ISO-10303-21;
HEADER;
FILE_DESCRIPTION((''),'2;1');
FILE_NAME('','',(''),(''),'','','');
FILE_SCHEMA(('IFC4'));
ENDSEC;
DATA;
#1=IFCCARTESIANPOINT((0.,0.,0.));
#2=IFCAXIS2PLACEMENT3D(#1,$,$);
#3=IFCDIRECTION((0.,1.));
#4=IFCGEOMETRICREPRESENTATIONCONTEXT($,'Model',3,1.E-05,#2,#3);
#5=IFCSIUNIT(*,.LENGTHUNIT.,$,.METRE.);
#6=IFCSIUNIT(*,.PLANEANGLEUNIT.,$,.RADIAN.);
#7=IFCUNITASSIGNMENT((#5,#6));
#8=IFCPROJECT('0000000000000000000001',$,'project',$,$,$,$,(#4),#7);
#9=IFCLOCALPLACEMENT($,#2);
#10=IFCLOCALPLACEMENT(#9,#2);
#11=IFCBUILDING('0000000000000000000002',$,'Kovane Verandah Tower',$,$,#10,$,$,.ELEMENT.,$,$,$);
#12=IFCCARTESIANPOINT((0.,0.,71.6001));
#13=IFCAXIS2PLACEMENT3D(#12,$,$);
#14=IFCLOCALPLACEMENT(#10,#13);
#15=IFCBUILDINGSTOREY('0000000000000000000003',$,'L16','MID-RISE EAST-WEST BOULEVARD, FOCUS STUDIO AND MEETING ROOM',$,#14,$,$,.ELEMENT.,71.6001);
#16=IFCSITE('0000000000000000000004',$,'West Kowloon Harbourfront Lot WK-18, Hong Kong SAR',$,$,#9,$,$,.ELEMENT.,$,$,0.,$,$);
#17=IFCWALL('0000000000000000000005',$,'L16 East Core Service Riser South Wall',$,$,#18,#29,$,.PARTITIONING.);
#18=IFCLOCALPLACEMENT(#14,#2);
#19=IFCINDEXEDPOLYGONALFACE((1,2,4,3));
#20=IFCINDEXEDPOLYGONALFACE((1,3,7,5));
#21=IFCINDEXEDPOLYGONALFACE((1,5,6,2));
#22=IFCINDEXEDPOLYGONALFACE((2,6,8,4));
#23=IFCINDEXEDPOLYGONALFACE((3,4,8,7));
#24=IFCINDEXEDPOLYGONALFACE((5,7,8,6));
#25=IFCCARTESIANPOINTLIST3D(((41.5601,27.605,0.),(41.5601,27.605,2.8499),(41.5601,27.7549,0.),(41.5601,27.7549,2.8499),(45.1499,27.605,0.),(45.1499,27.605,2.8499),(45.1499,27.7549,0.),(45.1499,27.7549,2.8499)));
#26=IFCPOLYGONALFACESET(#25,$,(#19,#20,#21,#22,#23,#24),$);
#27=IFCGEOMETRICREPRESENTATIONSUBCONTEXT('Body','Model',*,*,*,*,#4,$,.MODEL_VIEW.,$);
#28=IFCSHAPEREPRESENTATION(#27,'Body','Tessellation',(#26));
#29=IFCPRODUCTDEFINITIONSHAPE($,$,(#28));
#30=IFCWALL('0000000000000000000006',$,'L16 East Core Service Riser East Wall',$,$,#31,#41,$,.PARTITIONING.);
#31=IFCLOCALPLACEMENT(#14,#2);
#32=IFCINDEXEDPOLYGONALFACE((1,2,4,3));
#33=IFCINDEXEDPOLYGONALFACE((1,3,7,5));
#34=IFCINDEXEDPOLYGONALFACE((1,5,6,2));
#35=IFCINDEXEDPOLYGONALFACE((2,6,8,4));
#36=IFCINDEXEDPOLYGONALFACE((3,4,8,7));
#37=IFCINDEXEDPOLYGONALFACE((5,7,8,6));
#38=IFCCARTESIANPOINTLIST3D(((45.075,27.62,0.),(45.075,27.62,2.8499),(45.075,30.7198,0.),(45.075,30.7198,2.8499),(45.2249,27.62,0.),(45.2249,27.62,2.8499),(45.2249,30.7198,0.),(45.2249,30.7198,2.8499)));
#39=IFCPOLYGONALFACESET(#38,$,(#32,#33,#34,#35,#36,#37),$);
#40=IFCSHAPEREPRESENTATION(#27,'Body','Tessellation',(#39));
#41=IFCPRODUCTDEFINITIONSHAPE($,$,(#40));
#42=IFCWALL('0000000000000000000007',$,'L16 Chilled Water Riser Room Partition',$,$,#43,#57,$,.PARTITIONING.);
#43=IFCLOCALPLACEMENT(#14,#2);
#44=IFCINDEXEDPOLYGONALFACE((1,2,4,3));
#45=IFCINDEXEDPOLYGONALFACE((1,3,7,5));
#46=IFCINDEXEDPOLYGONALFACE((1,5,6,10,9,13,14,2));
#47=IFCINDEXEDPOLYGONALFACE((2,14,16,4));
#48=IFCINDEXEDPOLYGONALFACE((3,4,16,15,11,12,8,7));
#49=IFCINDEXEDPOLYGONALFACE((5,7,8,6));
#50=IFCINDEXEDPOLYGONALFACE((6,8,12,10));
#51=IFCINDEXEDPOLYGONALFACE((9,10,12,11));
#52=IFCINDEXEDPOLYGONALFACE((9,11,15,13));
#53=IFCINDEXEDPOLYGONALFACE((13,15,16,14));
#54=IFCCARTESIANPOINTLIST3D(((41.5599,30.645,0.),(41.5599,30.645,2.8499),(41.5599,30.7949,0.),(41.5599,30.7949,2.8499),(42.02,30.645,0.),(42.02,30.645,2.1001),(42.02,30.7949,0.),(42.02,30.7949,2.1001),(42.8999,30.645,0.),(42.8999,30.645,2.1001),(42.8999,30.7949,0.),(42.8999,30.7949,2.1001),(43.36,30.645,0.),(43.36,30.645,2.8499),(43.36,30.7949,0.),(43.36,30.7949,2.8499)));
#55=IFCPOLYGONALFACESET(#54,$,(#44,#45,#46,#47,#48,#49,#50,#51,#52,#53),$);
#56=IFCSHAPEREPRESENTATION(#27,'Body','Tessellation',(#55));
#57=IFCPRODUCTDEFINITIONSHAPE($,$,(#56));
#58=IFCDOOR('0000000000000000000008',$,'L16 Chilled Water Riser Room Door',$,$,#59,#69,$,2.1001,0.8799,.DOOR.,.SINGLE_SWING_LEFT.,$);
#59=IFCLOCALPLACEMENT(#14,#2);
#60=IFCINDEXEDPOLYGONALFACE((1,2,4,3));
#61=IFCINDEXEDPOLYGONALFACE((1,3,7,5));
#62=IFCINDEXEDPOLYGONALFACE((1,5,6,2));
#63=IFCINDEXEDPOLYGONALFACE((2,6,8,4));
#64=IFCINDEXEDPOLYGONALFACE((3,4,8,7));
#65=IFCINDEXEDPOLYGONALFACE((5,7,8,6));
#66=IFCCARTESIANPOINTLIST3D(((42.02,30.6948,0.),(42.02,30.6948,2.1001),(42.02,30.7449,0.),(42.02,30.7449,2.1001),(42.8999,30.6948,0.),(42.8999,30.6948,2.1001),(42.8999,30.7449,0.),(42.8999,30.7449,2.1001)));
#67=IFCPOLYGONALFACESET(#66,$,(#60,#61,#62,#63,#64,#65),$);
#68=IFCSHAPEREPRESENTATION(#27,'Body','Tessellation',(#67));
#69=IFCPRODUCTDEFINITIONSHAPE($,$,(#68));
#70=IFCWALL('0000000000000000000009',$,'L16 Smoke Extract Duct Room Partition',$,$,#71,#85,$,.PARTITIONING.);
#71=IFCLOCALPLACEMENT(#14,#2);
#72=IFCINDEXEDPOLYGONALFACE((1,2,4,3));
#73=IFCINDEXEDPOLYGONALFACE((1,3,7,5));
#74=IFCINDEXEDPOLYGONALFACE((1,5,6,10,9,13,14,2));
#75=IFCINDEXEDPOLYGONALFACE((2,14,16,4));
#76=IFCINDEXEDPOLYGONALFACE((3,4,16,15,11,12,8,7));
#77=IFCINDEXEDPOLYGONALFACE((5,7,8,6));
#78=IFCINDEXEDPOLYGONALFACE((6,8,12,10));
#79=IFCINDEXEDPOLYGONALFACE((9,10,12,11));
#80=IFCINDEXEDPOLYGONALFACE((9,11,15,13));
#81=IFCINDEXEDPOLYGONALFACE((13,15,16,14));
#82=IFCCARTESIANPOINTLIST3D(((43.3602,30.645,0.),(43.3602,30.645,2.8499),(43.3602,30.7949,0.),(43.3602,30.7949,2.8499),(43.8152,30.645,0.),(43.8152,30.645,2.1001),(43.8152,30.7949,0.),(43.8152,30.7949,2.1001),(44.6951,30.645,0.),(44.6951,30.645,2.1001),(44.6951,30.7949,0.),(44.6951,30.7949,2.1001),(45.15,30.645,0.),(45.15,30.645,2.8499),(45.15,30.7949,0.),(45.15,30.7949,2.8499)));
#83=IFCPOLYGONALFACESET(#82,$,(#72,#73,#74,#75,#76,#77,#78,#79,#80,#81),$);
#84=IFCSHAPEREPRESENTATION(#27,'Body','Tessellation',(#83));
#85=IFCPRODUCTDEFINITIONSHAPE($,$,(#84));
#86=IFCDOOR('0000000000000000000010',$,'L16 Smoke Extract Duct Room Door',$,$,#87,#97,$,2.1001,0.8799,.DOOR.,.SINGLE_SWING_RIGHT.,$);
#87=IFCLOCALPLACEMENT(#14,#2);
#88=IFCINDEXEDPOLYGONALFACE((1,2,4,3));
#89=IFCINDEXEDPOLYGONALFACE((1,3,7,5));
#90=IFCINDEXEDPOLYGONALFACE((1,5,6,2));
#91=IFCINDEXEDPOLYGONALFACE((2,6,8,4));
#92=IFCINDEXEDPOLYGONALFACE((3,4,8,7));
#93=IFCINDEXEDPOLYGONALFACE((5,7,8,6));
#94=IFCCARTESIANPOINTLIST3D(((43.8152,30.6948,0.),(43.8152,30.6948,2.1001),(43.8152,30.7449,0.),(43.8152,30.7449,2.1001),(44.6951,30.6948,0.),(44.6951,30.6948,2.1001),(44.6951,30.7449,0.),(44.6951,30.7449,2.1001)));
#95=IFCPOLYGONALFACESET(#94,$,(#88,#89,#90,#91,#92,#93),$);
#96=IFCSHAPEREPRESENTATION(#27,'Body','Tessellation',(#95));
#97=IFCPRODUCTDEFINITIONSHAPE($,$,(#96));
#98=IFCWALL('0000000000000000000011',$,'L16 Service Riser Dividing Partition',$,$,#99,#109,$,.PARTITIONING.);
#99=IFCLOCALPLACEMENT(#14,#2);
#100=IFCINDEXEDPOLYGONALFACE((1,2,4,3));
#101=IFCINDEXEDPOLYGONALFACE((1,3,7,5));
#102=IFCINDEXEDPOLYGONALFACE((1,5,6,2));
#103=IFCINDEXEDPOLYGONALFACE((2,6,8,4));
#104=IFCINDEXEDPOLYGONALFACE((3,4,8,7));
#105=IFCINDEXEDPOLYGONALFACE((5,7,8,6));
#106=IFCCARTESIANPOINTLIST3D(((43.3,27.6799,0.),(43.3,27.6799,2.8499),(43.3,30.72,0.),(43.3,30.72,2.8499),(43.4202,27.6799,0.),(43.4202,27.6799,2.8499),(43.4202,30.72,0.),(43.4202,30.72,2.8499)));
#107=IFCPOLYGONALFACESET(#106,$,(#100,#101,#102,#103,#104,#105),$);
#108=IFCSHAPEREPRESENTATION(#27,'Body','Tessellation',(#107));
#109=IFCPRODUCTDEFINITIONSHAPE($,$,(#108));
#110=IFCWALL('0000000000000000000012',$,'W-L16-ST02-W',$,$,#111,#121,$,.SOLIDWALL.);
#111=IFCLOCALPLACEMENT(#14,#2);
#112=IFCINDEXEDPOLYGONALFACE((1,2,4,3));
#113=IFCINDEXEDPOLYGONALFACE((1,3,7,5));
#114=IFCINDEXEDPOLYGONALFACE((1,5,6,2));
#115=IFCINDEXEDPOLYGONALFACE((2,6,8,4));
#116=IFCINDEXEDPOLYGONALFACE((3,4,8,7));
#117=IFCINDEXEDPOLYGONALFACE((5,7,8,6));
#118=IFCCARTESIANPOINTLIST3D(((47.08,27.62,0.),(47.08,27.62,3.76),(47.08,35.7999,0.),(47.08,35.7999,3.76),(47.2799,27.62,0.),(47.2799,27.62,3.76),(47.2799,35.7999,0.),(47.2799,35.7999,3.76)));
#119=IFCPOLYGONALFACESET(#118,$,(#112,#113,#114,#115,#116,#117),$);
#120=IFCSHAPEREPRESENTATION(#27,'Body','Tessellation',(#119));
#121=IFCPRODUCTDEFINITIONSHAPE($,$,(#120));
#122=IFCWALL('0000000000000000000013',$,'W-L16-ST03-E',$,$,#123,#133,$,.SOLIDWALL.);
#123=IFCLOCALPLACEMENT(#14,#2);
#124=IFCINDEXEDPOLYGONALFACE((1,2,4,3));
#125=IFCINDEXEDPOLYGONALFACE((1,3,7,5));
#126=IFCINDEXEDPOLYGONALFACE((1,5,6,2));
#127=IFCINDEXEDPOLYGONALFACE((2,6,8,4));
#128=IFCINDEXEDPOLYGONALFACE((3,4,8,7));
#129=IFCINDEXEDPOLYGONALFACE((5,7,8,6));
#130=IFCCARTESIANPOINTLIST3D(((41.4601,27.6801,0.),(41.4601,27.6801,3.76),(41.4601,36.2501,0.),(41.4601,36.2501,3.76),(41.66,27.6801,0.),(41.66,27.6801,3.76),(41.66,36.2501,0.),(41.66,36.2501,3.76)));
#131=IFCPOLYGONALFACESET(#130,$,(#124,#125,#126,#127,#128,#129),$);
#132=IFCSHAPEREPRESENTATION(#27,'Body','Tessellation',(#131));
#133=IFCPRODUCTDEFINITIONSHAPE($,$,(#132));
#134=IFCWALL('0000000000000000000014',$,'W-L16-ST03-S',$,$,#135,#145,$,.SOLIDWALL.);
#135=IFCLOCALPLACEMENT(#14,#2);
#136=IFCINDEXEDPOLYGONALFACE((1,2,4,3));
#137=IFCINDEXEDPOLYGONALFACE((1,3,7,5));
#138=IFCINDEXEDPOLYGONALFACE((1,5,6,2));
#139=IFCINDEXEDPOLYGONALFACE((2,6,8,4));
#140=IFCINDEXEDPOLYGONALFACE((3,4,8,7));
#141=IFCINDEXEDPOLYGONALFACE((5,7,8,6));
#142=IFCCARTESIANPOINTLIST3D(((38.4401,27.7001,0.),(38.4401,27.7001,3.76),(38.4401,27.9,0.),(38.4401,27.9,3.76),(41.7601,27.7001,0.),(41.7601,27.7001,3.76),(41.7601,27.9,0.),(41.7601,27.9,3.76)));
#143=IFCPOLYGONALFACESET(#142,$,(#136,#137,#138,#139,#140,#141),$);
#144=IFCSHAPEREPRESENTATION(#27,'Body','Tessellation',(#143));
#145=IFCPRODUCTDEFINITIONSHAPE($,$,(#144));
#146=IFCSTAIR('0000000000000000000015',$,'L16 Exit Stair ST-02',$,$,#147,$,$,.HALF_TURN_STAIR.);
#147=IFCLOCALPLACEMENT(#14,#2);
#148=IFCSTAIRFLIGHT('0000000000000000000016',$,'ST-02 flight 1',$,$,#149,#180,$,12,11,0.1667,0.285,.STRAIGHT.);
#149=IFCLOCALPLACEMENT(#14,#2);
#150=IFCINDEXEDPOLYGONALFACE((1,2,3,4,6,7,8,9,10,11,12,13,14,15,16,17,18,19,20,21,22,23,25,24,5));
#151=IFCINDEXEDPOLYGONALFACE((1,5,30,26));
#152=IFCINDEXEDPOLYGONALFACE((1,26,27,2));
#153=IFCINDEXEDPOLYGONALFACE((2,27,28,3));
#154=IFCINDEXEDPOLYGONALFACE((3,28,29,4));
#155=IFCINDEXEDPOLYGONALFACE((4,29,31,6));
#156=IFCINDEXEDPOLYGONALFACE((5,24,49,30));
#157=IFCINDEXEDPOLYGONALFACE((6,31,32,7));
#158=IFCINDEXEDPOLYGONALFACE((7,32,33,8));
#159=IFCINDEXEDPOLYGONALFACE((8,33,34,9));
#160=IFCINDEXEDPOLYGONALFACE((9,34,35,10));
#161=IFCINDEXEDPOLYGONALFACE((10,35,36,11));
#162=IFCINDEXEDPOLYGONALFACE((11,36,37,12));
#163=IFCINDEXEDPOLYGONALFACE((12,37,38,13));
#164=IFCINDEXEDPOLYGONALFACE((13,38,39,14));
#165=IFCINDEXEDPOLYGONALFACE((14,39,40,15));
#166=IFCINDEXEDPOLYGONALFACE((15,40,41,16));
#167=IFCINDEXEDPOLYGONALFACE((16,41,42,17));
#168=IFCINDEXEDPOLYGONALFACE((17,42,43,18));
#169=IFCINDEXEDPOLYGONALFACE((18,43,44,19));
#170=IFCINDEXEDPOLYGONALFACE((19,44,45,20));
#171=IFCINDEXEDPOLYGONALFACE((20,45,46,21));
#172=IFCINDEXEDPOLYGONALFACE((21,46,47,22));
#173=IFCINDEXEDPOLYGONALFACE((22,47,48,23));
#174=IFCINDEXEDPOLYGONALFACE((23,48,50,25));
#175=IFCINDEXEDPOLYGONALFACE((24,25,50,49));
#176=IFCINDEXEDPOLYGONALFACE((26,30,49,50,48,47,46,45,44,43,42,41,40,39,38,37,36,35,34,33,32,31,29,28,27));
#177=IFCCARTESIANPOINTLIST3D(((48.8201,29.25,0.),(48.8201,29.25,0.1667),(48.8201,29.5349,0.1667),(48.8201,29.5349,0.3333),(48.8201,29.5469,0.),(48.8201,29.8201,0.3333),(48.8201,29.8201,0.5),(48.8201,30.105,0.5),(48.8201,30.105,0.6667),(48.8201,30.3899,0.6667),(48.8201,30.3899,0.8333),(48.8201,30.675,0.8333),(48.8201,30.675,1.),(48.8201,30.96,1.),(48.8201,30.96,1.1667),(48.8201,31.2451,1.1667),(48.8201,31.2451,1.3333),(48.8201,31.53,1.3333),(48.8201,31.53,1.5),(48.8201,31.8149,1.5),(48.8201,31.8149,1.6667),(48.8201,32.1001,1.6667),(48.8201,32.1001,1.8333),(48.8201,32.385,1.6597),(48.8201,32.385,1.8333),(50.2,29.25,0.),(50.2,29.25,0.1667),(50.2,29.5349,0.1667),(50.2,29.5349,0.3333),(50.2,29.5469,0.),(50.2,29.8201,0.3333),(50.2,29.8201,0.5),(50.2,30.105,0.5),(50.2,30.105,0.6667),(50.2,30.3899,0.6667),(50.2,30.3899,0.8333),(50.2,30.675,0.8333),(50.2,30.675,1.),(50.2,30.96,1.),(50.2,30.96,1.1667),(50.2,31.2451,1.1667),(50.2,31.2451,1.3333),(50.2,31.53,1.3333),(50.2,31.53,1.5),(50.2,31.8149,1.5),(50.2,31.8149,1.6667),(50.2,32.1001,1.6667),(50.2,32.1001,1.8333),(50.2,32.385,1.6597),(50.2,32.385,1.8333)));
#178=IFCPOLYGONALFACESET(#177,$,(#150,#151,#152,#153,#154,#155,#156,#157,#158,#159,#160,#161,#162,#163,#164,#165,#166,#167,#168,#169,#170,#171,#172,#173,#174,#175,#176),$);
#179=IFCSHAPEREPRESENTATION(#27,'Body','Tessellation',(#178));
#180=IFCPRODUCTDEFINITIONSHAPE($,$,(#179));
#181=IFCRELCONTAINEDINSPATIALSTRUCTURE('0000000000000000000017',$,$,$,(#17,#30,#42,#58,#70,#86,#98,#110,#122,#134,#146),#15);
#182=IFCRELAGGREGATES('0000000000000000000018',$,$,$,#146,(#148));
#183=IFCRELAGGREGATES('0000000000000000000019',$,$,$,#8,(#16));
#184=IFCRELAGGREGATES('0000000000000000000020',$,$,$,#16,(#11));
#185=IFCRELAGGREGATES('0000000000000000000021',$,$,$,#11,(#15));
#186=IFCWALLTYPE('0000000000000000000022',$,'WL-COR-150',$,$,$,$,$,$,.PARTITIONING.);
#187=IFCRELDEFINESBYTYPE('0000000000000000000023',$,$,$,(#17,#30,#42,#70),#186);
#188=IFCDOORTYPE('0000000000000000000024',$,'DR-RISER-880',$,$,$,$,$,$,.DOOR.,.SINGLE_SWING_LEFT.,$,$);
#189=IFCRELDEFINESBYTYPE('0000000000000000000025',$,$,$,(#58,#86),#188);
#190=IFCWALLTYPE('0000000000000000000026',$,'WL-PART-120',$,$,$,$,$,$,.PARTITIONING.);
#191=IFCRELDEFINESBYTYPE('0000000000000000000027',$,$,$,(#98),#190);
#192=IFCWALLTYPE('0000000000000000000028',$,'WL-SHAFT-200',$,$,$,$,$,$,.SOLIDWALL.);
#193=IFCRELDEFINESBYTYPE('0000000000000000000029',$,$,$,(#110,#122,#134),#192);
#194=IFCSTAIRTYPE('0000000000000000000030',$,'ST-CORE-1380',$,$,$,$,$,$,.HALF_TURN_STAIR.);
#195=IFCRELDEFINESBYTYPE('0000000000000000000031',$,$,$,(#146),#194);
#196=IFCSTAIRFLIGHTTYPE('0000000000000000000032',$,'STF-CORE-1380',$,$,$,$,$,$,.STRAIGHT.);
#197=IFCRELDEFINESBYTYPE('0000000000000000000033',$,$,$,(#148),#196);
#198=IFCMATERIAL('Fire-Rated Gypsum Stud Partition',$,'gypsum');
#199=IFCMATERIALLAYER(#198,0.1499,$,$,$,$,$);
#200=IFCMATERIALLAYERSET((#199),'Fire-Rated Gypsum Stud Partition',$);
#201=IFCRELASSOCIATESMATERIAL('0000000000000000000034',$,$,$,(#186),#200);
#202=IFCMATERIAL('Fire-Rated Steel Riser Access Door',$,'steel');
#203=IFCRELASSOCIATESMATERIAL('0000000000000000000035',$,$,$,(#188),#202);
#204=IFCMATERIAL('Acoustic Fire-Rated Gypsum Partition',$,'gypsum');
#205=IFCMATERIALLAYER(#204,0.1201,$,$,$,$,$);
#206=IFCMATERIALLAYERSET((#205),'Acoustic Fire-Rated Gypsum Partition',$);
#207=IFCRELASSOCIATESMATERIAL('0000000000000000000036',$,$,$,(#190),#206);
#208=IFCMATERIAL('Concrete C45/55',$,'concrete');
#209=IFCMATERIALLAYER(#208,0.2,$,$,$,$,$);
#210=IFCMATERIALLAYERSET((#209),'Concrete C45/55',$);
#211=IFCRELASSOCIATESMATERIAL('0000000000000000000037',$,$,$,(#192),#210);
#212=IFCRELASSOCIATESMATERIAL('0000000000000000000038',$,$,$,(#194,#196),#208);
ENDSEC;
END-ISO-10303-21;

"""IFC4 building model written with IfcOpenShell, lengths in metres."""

from ifc_helpers import new_model, si_unit, direction, frame, frame_2d, origin, place, context, subcontext, project, spatial, polyline, rectangle, outline, extrude, material, layer, layer_set, type_object, element, fill, aggregate, save


model = new_model("IFC4")

# Units and contexts
model_context = context("Model", 3, precision=1e-05, world=origin(), true_north=direction((0.0, 1.0)))
body_context = subcontext(model_context, "Body", "Model", "MODEL_VIEW")
ifc_project = project(units=[si_unit("LENGTHUNIT", "METRE"), si_unit("PLANEANGLEUNIT", "RADIAN")], contexts=[model_context])

# Site, building, storey
site_placement = place(None, origin())
site = spatial("IfcSite", under=ifc_project, at=site_placement, Name="West Kowloon Harbourfront Lot WK-18, Hong Kong SAR", CompositionType="ELEMENT", RefElevation=0.0)
building_placement = place(site_placement, origin())
building = spatial("IfcBuilding", under=site, at=building_placement, Name="Kovane Verandah Tower", CompositionType="ELEMENT")
storey_placement = place(building_placement, frame((0.0, 0.0, 71.6001)))
storey = spatial("IfcBuildingStorey", under=building, at=storey_placement, Name="L16", Description="MID-RISE EAST-WEST BOULEVARD, FOCUS STUDIO AND MEETING ROOM", CompositionType="ELEMENT", Elevation=71.6001)

# Walls
ifc_material_1 = material(Name="Fire-Rated Gypsum Stud Partition", Category="gypsum")
ifc_layer_1 = layer(ifc_material_1, 0.1499)
ifc_layer_set_1 = layer_set([ifc_layer_1], Name="Fire-Rated Gypsum Stud Partition")
wall_type_1 = type_object("IfcWallType", Name="WL-COR-150", PredefinedType="PARTITIONING", material=ifc_layer_set_1)
wall_1_placement = place(storey_placement, frame((41.5601, 27.6799, 0.0), z_axis=(0.0, 0.0, 1.0), x_axis=(1.0, 0.0, 0.0)))
element("IfcWall", 1, at=wall_1_placement, inside=storey, type_object=wall_type_1, Name="L16 East Core Service Riser South Wall", PredefinedType="PARTITIONING", context=body_context, shape_type="SweptSolid", body=[
    extrude(rectangle(XDim=3.5898, YDim=0.1499, at=frame_2d((1.7949, 0.0))), origin(), (0.0, 0.0, 1.0), 2.8499),
])
wall_2_placement = place(storey_placement, frame((45.1499, 27.6201, 0.0), z_axis=(0.0, 0.0, 1.0), x_axis=(0.0, 1.0, 0.0)))
element("IfcWall", 2, at=wall_2_placement, inside=storey, type_object=wall_type_1, Name="L16 East Core Service Riser East Wall", PredefinedType="PARTITIONING", context=body_context, shape_type="SweptSolid", body=[
    extrude(rectangle(XDim=3.0999, YDim=0.1499, at=frame_2d((1.5498, 0.0))), origin(), (0.0, 0.0, 1.0), 2.8499),
])

# Walls, openings, doors
wall_3_placement = place(storey_placement, frame((41.5601, 30.72, 0.0), z_axis=(0.0, 0.0, 1.0), x_axis=(1.0, 0.0, 0.0)))
wall_3 = element("IfcWall", 3, at=wall_3_placement, inside=storey, type_object=wall_type_1, Name="L16 Chilled Water Riser Room Partition", PredefinedType="PARTITIONING", context=body_context, shape_type="SweptSolid", body=[
    extrude(rectangle(XDim=1.8, YDim=0.1499, at=frame_2d((0.8999, 0.0))), origin(), (0.0, 0.0, 1.0), 2.8499),
])
opening_1_placement = place(wall_3_placement, frame((0.46, 0.0, 0.0)))
opening_1 = element("IfcOpeningElement", 4, at=opening_1_placement, cuts=wall_3, PredefinedType="OPENING", context=body_context, shape_type="SweptSolid", body=[
    extrude(rectangle(XDim=0.8799, YDim=2.1001, at=frame_2d((0.4399, 1.05))), frame((0.0, 0.075, 0.0), z_axis=(0.0, -1.0, 0.0), x_axis=(1.0, 0.0, 0.0)), (0.0, 0.0, 1.0), 0.1499),
])
ifc_material_2 = material(Name="Fire-Rated Steel Riser Access Door", Category="steel")
door_type_1 = type_object("IfcDoorType", Name="DR-RISER-880", OperationType="SINGLE_SWING_LEFT", PredefinedType="DOOR", material=ifc_material_2)
door_1_placement = place(opening_1_placement, origin())
door_1 = element("IfcDoor", 5, at=door_1_placement, inside=storey, type_object=door_type_1, Name="L16 Chilled Water Riser Room Door", OperationType="SINGLE_SWING_LEFT", OverallHeight=2.1001, OverallWidth=0.8799, PredefinedType="DOOR", context=body_context, shape_type="SweptSolid", body=[
    extrude(rectangle(XDim=0.8799, YDim=2.1001, at=frame_2d((0.4399, 1.05))), frame((0.0, 0.0249, 0.0), z_axis=(0.0, -1.0, 0.0), x_axis=(1.0, 0.0, 0.0)), (0.0, 0.0, 1.0), 0.05),
])
fill(opening_1, door_1)
wall_4_placement = place(storey_placement, frame((43.3601, 30.72, 0.0), z_axis=(0.0, 0.0, 1.0), x_axis=(1.0, 0.0, 0.0)))
wall_4 = element("IfcWall", 6, at=wall_4_placement, inside=storey, type_object=wall_type_1, Name="L16 Smoke Extract Duct Room Partition", PredefinedType="PARTITIONING", context=body_context, shape_type="SweptSolid", body=[
    extrude(rectangle(XDim=1.7898, YDim=0.1499, at=frame_2d((0.895, 0.0))), origin(), (0.0, 0.0, 1.0), 2.8499),
])
opening_2_placement = place(wall_4_placement, frame((0.4551, 0.0, 0.0)))
opening_2 = element("IfcOpeningElement", 7, at=opening_2_placement, cuts=wall_4, PredefinedType="OPENING", context=body_context, shape_type="SweptSolid", body=[
    extrude(rectangle(XDim=0.8799, YDim=2.1001, at=frame_2d((0.4399, 1.05))), frame((0.0, 0.075, 0.0), z_axis=(0.0, -1.0, 0.0), x_axis=(1.0, 0.0, 0.0)), (0.0, 0.0, 1.0), 0.1499),
])
door_2_placement = place(opening_2_placement, origin())
door_2 = element("IfcDoor", 8, at=door_2_placement, inside=storey, type_object=door_type_1, Name="L16 Smoke Extract Duct Room Door", OperationType="SINGLE_SWING_RIGHT", OverallHeight=2.1001, OverallWidth=0.8799, PredefinedType="DOOR", context=body_context, shape_type="SweptSolid", body=[
    extrude(rectangle(XDim=0.8799, YDim=2.1001, at=frame_2d((0.4399, 1.05))), frame((0.0, 0.0249, 0.0), z_axis=(0.0, -1.0, 0.0), x_axis=(1.0, 0.0, 0.0)), (0.0, 0.0, 1.0), 0.05),
])
fill(opening_2, door_2)

# Walls
ifc_material_3 = material(Name="Acoustic Fire-Rated Gypsum Partition", Category="gypsum")
ifc_layer_2 = layer(ifc_material_3, 0.1201)
ifc_layer_set_2 = layer_set([ifc_layer_2], Name="Acoustic Fire-Rated Gypsum Partition")
wall_type_2 = type_object("IfcWallType", Name="WL-PART-120", PredefinedType="PARTITIONING", material=ifc_layer_set_2)
wall_5_placement = place(storey_placement, frame((43.3601, 27.6799, 0.0), z_axis=(0.0, 0.0, 1.0), x_axis=(0.0, 1.0, 0.0)))
element("IfcWall", 9, at=wall_5_placement, inside=storey, type_object=wall_type_2, Name="L16 Service Riser Dividing Partition", PredefinedType="PARTITIONING", context=body_context, shape_type="SweptSolid", body=[
    extrude(rectangle(XDim=3.04, YDim=0.1201, at=frame_2d((1.52, 0.0))), origin(), (0.0, 0.0, 1.0), 2.8499),
])
ifc_material_4 = material(Name="Concrete C45/55", Category="concrete")
ifc_layer_3 = layer(ifc_material_4, 0.2)
ifc_layer_set_3 = layer_set([ifc_layer_3], Name="Concrete C45/55")
wall_type_3 = type_object("IfcWallType", Name="WL-SHAFT-200", PredefinedType="SOLIDWALL", material=ifc_layer_set_3)
wall_6_placement = place(storey_placement, frame((47.1799, 27.6201, 0.0), z_axis=(0.0, 0.0, 1.0), x_axis=(0.0, 1.0, 0.0)))
element("IfcWall", 10, at=wall_6_placement, inside=storey, type_object=wall_type_3, Name="W-L16-ST02-W", PredefinedType="SOLIDWALL", context=body_context, shape_type="SweptSolid", body=[
    extrude(rectangle(XDim=8.1799, YDim=0.2, at=frame_2d((4.0898, 0.0))), origin(), (0.0, 0.0, 1.0), 3.76),
])

# Walls
wall_7_placement = place(storey_placement, frame((41.5601, 27.6799, 0.0), z_axis=(0.0, 0.0, 1.0), x_axis=(0.0, 1.0, 0.0)))
element("IfcWall", 11, at=wall_7_placement, inside=storey, type_object=wall_type_3, Name="W-L16-ST03-E", PredefinedType="SOLIDWALL", context=body_context, shape_type="SweptSolid", body=[
    extrude(rectangle(XDim=8.5701, YDim=0.2, at=frame_2d((4.2852, 0.0))), origin(), (0.0, 0.0, 1.0), 3.76),
])
wall_8_placement = place(storey_placement, frame((38.4399, 27.8, 0.0), z_axis=(0.0, 0.0, 1.0), x_axis=(1.0, 0.0, 0.0)))
element("IfcWall", 12, at=wall_8_placement, inside=storey, type_object=wall_type_3, Name="W-L16-ST03-S", PredefinedType="SOLIDWALL", context=body_context, shape_type="SweptSolid", body=[
    extrude(rectangle(XDim=3.3201, YDim=0.2, at=frame_2d((1.6602, 0.0))), origin(), (0.0, 0.0, 1.0), 3.76),
])

# Stair, stair flight
stair_type = type_object("IfcStairType", Name="ST-CORE-1380", PredefinedType="HALF_TURN_STAIR", material=ifc_material_4)
stair_1_placement = place(storey_placement, origin())
stair_1 = element("IfcStair", 13, at=stair_1_placement, inside=storey, type_object=stair_type, Name="L16 Exit Stair ST-02", PredefinedType="HALF_TURN_STAIR")
stair_flight_type = type_object("IfcStairFlightType", Name="STF-CORE-1380", PredefinedType="STRAIGHT", material=ifc_material_4)
stair_flight_1_placement = place(storey_placement, frame((49.51, 29.25, 0.0), z_axis=(0.0, 0.0, 1.0), x_axis=(0.0, 1.0, 0.0)))
stair_flight_1 = element("IfcStairFlight", 14, at=stair_flight_1_placement, type_object=stair_flight_type, Name="ST-02 flight 1", NumberOfRisers=12, NumberOfTreads=11, PredefinedType="STRAIGHT", RiserHeight=0.1667, TreadLength=0.285, context=body_context, shape_type="SweptSolid", body=[
    extrude(outline(polyline([(0.0, 0.0), (0.0, 0.1667), (0.2849, 0.1667), (0.2849, 0.3333), (0.5701, 0.3333), (0.5701, 0.5), (0.855, 0.5), (0.855, 0.6667), (1.1399, 0.6667), (1.1399, 0.8333), (1.425, 0.8333), (1.425, 1.0), (1.71, 1.0), (1.71, 1.1667), (1.9951, 1.1667), (1.9951, 1.3333), (2.28, 1.3333), (2.28, 1.5), (2.5649, 1.5), (2.5649, 1.6667), (2.8501, 1.6667), (2.8501, 1.8333), (3.135, 1.8333), (3.135, 2.0), (3.135, 1.6597), (0.2969, 0.0), (0.0, 0.0)])), frame((0.0, 0.6899, 0.0), z_axis=(0.0, -1.0, 0.0), x_axis=(1.0, 0.0, 0.0)), (0.0, 0.0, 1.0), 1.3799),
])
aggregate(stair_1, [stair_flight_1])

save(model, "model.ifc")
